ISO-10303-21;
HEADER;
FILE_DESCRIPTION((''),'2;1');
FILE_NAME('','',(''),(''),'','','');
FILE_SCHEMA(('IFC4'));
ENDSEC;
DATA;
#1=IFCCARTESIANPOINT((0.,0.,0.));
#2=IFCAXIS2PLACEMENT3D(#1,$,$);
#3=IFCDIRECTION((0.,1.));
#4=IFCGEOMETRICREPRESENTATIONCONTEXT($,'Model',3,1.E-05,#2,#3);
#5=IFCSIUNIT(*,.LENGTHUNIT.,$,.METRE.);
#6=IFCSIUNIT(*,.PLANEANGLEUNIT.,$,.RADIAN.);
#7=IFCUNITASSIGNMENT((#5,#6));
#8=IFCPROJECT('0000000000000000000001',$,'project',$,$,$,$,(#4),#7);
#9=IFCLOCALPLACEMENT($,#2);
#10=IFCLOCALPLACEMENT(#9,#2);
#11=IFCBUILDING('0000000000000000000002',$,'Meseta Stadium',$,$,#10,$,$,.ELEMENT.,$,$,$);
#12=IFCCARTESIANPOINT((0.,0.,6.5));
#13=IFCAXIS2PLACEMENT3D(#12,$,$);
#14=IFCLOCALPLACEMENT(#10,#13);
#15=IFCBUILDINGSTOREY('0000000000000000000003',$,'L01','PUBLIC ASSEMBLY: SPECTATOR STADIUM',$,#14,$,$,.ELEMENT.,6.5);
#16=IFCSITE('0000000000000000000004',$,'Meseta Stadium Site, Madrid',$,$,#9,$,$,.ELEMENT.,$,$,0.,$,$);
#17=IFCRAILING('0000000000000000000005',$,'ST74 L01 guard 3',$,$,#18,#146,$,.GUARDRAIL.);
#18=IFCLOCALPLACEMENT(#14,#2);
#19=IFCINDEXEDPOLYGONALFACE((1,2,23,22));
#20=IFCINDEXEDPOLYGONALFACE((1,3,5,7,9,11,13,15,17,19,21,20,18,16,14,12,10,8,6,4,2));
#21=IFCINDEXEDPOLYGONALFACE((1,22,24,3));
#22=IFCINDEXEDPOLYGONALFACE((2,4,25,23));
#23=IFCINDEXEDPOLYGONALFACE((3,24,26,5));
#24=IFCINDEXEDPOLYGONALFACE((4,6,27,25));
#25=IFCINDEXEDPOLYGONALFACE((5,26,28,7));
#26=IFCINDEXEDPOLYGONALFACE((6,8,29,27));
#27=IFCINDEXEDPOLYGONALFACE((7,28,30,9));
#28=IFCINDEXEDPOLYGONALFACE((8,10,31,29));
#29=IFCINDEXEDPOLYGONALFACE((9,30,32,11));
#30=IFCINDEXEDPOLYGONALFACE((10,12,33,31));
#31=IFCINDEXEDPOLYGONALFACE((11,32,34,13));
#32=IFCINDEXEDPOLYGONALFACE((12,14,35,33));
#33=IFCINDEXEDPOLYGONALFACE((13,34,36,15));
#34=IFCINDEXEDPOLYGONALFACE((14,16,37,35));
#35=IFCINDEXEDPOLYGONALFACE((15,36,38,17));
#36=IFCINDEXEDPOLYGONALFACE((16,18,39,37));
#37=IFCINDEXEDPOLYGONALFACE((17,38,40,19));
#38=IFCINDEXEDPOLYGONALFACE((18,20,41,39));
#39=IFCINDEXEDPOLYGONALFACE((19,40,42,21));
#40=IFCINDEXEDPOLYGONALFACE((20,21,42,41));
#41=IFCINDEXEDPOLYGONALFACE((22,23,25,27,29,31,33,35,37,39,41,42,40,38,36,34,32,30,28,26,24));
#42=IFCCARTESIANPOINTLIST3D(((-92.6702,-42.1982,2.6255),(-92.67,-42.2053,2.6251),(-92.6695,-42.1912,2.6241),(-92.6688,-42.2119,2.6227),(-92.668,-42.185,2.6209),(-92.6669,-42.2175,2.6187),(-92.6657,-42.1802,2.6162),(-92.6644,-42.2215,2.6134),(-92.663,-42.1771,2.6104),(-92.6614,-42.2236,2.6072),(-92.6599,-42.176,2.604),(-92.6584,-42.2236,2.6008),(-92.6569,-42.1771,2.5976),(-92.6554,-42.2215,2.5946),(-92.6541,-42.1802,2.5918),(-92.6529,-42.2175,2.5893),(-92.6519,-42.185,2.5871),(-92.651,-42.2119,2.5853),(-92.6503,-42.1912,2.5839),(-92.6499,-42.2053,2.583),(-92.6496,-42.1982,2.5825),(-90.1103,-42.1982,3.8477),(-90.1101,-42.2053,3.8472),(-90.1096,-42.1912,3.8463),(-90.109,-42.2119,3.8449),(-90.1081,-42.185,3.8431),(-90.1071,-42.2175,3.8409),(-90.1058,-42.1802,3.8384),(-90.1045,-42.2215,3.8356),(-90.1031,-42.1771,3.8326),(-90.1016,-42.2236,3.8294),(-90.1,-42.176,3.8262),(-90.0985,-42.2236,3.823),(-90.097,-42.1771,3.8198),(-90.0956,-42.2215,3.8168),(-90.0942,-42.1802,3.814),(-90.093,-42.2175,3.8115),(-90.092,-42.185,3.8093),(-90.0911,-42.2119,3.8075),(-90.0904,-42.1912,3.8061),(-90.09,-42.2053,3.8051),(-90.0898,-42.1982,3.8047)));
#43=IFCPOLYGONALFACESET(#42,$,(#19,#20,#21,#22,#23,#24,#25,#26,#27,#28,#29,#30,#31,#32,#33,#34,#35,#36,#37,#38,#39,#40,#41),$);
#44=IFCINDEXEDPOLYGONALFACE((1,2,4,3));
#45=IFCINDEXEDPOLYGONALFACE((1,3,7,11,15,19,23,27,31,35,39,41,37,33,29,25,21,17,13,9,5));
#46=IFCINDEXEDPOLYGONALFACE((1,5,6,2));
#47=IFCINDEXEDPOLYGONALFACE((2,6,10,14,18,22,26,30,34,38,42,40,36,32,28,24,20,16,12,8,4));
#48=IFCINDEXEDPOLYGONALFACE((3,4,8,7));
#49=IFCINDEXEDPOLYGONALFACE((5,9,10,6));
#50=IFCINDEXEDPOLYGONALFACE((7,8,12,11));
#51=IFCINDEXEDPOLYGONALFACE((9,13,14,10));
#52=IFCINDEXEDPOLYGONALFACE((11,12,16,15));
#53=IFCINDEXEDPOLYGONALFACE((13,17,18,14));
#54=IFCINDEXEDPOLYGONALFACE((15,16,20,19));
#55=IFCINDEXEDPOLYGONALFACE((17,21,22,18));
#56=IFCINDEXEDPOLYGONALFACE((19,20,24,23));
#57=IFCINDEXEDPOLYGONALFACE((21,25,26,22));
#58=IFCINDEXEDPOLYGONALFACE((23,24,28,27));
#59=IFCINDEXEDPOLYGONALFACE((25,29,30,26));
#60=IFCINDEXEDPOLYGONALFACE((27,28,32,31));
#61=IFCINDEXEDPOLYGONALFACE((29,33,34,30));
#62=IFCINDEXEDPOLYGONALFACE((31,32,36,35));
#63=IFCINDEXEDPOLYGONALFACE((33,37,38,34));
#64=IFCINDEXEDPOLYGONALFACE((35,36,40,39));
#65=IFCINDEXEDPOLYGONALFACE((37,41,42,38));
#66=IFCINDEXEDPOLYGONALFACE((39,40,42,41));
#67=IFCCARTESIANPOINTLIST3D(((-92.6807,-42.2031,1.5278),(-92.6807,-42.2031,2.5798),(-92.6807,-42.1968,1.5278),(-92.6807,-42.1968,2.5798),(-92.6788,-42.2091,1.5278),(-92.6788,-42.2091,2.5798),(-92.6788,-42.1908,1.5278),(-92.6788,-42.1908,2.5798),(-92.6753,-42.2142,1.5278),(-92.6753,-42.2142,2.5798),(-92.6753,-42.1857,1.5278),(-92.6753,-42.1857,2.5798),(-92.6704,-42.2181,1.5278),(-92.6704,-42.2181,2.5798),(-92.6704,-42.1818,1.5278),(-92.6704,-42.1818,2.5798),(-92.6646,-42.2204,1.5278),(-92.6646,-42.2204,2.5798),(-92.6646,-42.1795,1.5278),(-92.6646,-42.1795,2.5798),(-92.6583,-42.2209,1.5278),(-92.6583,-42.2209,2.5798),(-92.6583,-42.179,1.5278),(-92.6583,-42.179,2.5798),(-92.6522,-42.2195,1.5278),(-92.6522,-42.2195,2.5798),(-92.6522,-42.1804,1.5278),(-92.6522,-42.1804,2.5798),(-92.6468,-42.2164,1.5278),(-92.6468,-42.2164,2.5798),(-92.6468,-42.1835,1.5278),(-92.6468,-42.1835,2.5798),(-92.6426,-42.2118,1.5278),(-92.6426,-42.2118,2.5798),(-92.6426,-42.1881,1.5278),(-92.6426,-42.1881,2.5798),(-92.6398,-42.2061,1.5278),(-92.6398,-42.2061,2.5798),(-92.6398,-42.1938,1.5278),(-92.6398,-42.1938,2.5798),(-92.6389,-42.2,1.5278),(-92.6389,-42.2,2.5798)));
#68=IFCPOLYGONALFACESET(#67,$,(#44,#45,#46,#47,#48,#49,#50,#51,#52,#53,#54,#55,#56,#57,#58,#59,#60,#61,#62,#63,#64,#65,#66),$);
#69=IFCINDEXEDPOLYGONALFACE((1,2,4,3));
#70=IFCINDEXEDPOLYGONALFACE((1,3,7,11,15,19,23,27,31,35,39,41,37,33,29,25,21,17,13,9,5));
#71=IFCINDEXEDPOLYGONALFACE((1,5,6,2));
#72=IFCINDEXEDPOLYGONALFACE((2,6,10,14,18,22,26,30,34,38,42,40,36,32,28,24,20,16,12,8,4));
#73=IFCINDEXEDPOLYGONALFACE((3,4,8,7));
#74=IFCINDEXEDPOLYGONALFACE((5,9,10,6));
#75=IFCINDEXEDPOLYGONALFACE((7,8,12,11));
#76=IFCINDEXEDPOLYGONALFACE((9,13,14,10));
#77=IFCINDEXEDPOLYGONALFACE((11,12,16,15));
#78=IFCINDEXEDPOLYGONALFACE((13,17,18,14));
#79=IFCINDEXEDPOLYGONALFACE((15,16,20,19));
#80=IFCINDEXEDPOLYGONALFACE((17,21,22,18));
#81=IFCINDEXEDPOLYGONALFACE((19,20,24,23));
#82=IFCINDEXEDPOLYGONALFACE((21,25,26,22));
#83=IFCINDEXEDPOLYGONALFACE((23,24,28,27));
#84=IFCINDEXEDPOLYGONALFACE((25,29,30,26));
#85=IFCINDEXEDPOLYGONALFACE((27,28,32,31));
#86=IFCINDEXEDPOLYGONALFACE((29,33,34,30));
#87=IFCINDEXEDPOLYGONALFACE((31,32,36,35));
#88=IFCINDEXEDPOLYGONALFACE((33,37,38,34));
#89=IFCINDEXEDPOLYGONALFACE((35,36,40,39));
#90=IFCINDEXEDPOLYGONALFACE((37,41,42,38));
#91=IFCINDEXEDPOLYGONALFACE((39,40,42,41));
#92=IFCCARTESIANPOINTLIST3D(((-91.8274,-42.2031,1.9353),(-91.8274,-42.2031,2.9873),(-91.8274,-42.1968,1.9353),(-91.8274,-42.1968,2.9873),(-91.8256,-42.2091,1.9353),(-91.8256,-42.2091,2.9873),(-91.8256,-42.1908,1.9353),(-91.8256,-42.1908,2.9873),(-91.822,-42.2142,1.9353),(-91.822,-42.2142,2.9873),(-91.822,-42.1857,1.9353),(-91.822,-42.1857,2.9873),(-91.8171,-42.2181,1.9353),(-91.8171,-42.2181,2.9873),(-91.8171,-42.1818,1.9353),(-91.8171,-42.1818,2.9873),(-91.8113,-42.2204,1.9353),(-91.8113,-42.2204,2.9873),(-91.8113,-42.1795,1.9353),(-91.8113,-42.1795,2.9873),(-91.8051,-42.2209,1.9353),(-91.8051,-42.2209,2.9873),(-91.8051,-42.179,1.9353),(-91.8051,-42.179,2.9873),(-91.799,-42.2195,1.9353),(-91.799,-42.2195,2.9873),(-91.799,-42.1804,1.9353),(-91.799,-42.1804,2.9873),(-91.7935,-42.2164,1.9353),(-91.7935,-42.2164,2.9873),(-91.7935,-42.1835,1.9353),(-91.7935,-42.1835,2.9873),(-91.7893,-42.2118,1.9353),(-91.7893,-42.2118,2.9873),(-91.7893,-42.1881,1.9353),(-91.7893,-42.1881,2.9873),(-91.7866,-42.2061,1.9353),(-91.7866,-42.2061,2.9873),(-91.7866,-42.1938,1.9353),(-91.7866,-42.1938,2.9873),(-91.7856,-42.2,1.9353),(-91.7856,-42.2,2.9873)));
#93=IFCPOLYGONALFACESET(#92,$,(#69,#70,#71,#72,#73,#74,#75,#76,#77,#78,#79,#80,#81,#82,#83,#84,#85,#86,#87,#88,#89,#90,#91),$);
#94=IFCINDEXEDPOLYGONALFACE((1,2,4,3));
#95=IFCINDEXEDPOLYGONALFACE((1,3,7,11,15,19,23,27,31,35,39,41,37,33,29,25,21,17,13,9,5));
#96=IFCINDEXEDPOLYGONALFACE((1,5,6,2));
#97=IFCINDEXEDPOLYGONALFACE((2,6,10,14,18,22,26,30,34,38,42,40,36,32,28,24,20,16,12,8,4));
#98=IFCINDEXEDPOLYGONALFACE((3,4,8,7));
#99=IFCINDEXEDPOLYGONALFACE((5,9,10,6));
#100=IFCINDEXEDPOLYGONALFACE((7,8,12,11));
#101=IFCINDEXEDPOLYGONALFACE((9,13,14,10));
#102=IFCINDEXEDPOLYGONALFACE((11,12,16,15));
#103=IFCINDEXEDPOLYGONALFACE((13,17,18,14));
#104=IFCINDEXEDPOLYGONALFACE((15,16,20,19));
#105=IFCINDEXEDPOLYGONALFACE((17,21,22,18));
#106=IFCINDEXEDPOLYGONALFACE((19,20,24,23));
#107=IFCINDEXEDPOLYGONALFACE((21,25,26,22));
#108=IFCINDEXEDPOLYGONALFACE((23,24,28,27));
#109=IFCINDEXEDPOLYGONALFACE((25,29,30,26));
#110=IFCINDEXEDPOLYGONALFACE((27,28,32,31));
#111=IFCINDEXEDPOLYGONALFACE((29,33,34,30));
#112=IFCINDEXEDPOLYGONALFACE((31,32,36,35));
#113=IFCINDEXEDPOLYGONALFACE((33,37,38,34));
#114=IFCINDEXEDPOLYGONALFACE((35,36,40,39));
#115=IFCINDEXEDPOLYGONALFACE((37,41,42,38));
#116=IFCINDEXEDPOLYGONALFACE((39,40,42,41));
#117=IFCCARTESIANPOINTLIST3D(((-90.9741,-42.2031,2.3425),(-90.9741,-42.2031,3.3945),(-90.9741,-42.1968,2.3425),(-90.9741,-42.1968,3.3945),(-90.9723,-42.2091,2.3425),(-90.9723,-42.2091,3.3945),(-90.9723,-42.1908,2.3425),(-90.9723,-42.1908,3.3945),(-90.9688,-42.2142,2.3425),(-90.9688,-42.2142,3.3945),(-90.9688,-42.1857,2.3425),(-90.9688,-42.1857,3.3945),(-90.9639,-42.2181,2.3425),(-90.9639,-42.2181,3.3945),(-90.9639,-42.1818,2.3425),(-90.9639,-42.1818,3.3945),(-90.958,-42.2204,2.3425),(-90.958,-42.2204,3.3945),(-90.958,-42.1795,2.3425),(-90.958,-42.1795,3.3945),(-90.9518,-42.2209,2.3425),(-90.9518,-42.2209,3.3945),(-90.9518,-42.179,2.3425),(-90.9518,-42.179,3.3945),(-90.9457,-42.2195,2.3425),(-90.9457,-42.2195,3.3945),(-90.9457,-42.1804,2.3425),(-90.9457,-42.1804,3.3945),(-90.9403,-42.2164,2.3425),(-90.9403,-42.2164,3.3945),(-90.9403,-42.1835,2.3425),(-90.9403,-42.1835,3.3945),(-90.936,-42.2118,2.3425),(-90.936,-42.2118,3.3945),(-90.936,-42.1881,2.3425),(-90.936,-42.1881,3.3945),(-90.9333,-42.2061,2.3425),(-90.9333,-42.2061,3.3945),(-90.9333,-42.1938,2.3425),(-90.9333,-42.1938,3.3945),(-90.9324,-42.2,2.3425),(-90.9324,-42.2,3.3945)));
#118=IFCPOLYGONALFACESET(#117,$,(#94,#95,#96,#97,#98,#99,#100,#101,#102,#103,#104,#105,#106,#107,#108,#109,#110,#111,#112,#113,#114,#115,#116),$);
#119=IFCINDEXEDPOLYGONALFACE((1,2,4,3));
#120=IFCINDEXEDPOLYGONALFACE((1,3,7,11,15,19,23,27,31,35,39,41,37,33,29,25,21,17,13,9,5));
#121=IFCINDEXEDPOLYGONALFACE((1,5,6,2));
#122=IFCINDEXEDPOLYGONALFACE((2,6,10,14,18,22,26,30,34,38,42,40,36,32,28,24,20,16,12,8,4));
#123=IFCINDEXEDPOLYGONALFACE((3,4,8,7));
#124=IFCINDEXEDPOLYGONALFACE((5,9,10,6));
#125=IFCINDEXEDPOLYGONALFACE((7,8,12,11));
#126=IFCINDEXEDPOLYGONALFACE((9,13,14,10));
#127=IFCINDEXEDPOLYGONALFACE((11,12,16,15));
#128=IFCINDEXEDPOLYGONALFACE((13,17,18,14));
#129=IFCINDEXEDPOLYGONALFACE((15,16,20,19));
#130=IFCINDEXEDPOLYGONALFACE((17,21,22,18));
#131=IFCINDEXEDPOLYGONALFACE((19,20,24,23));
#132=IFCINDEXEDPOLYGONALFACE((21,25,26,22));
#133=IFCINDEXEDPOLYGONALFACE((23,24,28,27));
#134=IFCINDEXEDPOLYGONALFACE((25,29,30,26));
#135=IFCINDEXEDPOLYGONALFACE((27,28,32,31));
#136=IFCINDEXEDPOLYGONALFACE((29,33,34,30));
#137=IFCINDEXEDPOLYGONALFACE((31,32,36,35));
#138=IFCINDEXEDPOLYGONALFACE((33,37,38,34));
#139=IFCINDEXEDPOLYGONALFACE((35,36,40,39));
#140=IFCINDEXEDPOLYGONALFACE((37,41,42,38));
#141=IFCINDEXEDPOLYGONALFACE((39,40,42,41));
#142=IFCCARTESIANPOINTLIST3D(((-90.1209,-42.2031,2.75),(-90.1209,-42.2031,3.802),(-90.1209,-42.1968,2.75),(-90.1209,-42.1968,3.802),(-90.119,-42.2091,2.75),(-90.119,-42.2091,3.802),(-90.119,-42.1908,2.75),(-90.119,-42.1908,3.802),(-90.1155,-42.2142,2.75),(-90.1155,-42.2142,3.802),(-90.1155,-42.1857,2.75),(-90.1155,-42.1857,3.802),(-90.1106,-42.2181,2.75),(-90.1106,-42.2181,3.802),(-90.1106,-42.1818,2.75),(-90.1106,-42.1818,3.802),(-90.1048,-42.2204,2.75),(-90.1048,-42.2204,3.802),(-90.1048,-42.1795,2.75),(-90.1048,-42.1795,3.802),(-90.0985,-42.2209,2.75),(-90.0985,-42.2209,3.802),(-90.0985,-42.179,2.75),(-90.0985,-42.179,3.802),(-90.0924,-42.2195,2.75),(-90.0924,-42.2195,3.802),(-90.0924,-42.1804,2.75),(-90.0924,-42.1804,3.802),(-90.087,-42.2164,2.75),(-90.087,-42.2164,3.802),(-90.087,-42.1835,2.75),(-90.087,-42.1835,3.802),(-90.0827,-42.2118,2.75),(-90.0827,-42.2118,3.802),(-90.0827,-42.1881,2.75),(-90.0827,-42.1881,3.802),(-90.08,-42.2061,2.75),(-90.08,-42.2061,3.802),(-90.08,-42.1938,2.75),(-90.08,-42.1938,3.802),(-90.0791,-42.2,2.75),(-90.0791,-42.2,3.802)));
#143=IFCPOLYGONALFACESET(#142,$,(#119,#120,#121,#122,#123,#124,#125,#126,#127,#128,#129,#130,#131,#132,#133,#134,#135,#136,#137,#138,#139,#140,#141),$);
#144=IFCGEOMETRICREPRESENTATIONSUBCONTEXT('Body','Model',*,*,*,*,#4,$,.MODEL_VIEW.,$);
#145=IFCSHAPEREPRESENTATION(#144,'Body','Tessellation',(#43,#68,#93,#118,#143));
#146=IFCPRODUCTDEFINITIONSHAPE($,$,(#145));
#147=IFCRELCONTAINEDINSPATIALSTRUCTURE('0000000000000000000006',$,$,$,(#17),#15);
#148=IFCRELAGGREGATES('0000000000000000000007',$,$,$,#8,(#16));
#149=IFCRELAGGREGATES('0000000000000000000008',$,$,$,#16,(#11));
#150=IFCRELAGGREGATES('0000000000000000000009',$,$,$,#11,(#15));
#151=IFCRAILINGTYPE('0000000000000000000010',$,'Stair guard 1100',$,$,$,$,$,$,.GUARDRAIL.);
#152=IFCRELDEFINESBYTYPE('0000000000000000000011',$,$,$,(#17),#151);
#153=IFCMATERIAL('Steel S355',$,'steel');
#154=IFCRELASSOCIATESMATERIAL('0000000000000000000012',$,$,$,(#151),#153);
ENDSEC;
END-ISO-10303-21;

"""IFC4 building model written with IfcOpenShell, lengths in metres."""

from ifc_helpers import new_model, si_unit, direction, frame, origin, origin_2d, place, context, subcontext, project, spatial, circle, extrude, material, type_object, element, save


model = new_model("IFC4")

# Units and contexts
model_context = context("Model", 3, precision=1e-05, world=origin(), true_north=direction((0.0, 1.0)))
body_context = subcontext(model_context, "Body", "Model", "MODEL_VIEW")
ifc_project = project(units=[si_unit("LENGTHUNIT", "METRE"), si_unit("PLANEANGLEUNIT", "RADIAN")], contexts=[model_context])

# Site, building, storey
site_placement = place(None, origin())
site = spatial("IfcSite", under=ifc_project, at=site_placement, Name="Meseta Stadium Site, Madrid", CompositionType="ELEMENT", RefElevation=0.0)
building_placement = place(site_placement, origin())
building = spatial("IfcBuilding", under=site, at=building_placement, Name="Meseta Stadium", CompositionType="ELEMENT")
storey_placement = place(building_placement, frame((0.0, 0.0, 6.5)))
storey = spatial("IfcBuildingStorey", under=building, at=storey_placement, Name="L01", Description="PUBLIC ASSEMBLY: SPECTATOR STADIUM", CompositionType="ELEMENT", Elevation=6.5)

# Railing
ifc_material_1 = material(Name="Steel S355", Category="steel")
railing_type_1 = type_object("IfcRailingType", Name="Stair guard 1100", PredefinedType="GUARDRAIL", material=ifc_material_1)
railing_1_placement = place(storey_placement, frame((-92.6599, -42.2, 1.5278)))
element("IfcRailing", 1, at=railing_1_placement, inside=storey, type_object=railing_type_1, Name="ST74 L01 guard 3", PredefinedType="GUARDRAIL", context=body_context, shape_type="SweptSolid", body=[
    extrude(circle(Radius=0.0239, at=origin_2d()), frame((0.0, 0.0, 1.0762), z_axis=(0.902421, 0.0, 0.430855), x_axis=(0.0, 1.0, 0.0)), (0.0, 0.0, 1.0), 2.8367),
    extrude(circle(Radius=0.021, at=origin_2d()), origin(), (0.0, 0.0, 1.0), 1.052),
    extrude(circle(Radius=0.021, at=origin_2d()), frame((0.8533, 0.0, 0.4075)), (0.0, 0.0, 1.0), 1.052),
    extrude(circle(Radius=0.021, at=origin_2d()), frame((1.7065, 0.0, 0.8147)), (0.0, 0.0, 1.0), 1.052),
    extrude(circle(Radius=0.021, at=origin_2d()), frame((2.5598, 0.0, 1.2222)), (0.0, 0.0, 1.0), 1.052),
])

save(model, "model.ifc")
